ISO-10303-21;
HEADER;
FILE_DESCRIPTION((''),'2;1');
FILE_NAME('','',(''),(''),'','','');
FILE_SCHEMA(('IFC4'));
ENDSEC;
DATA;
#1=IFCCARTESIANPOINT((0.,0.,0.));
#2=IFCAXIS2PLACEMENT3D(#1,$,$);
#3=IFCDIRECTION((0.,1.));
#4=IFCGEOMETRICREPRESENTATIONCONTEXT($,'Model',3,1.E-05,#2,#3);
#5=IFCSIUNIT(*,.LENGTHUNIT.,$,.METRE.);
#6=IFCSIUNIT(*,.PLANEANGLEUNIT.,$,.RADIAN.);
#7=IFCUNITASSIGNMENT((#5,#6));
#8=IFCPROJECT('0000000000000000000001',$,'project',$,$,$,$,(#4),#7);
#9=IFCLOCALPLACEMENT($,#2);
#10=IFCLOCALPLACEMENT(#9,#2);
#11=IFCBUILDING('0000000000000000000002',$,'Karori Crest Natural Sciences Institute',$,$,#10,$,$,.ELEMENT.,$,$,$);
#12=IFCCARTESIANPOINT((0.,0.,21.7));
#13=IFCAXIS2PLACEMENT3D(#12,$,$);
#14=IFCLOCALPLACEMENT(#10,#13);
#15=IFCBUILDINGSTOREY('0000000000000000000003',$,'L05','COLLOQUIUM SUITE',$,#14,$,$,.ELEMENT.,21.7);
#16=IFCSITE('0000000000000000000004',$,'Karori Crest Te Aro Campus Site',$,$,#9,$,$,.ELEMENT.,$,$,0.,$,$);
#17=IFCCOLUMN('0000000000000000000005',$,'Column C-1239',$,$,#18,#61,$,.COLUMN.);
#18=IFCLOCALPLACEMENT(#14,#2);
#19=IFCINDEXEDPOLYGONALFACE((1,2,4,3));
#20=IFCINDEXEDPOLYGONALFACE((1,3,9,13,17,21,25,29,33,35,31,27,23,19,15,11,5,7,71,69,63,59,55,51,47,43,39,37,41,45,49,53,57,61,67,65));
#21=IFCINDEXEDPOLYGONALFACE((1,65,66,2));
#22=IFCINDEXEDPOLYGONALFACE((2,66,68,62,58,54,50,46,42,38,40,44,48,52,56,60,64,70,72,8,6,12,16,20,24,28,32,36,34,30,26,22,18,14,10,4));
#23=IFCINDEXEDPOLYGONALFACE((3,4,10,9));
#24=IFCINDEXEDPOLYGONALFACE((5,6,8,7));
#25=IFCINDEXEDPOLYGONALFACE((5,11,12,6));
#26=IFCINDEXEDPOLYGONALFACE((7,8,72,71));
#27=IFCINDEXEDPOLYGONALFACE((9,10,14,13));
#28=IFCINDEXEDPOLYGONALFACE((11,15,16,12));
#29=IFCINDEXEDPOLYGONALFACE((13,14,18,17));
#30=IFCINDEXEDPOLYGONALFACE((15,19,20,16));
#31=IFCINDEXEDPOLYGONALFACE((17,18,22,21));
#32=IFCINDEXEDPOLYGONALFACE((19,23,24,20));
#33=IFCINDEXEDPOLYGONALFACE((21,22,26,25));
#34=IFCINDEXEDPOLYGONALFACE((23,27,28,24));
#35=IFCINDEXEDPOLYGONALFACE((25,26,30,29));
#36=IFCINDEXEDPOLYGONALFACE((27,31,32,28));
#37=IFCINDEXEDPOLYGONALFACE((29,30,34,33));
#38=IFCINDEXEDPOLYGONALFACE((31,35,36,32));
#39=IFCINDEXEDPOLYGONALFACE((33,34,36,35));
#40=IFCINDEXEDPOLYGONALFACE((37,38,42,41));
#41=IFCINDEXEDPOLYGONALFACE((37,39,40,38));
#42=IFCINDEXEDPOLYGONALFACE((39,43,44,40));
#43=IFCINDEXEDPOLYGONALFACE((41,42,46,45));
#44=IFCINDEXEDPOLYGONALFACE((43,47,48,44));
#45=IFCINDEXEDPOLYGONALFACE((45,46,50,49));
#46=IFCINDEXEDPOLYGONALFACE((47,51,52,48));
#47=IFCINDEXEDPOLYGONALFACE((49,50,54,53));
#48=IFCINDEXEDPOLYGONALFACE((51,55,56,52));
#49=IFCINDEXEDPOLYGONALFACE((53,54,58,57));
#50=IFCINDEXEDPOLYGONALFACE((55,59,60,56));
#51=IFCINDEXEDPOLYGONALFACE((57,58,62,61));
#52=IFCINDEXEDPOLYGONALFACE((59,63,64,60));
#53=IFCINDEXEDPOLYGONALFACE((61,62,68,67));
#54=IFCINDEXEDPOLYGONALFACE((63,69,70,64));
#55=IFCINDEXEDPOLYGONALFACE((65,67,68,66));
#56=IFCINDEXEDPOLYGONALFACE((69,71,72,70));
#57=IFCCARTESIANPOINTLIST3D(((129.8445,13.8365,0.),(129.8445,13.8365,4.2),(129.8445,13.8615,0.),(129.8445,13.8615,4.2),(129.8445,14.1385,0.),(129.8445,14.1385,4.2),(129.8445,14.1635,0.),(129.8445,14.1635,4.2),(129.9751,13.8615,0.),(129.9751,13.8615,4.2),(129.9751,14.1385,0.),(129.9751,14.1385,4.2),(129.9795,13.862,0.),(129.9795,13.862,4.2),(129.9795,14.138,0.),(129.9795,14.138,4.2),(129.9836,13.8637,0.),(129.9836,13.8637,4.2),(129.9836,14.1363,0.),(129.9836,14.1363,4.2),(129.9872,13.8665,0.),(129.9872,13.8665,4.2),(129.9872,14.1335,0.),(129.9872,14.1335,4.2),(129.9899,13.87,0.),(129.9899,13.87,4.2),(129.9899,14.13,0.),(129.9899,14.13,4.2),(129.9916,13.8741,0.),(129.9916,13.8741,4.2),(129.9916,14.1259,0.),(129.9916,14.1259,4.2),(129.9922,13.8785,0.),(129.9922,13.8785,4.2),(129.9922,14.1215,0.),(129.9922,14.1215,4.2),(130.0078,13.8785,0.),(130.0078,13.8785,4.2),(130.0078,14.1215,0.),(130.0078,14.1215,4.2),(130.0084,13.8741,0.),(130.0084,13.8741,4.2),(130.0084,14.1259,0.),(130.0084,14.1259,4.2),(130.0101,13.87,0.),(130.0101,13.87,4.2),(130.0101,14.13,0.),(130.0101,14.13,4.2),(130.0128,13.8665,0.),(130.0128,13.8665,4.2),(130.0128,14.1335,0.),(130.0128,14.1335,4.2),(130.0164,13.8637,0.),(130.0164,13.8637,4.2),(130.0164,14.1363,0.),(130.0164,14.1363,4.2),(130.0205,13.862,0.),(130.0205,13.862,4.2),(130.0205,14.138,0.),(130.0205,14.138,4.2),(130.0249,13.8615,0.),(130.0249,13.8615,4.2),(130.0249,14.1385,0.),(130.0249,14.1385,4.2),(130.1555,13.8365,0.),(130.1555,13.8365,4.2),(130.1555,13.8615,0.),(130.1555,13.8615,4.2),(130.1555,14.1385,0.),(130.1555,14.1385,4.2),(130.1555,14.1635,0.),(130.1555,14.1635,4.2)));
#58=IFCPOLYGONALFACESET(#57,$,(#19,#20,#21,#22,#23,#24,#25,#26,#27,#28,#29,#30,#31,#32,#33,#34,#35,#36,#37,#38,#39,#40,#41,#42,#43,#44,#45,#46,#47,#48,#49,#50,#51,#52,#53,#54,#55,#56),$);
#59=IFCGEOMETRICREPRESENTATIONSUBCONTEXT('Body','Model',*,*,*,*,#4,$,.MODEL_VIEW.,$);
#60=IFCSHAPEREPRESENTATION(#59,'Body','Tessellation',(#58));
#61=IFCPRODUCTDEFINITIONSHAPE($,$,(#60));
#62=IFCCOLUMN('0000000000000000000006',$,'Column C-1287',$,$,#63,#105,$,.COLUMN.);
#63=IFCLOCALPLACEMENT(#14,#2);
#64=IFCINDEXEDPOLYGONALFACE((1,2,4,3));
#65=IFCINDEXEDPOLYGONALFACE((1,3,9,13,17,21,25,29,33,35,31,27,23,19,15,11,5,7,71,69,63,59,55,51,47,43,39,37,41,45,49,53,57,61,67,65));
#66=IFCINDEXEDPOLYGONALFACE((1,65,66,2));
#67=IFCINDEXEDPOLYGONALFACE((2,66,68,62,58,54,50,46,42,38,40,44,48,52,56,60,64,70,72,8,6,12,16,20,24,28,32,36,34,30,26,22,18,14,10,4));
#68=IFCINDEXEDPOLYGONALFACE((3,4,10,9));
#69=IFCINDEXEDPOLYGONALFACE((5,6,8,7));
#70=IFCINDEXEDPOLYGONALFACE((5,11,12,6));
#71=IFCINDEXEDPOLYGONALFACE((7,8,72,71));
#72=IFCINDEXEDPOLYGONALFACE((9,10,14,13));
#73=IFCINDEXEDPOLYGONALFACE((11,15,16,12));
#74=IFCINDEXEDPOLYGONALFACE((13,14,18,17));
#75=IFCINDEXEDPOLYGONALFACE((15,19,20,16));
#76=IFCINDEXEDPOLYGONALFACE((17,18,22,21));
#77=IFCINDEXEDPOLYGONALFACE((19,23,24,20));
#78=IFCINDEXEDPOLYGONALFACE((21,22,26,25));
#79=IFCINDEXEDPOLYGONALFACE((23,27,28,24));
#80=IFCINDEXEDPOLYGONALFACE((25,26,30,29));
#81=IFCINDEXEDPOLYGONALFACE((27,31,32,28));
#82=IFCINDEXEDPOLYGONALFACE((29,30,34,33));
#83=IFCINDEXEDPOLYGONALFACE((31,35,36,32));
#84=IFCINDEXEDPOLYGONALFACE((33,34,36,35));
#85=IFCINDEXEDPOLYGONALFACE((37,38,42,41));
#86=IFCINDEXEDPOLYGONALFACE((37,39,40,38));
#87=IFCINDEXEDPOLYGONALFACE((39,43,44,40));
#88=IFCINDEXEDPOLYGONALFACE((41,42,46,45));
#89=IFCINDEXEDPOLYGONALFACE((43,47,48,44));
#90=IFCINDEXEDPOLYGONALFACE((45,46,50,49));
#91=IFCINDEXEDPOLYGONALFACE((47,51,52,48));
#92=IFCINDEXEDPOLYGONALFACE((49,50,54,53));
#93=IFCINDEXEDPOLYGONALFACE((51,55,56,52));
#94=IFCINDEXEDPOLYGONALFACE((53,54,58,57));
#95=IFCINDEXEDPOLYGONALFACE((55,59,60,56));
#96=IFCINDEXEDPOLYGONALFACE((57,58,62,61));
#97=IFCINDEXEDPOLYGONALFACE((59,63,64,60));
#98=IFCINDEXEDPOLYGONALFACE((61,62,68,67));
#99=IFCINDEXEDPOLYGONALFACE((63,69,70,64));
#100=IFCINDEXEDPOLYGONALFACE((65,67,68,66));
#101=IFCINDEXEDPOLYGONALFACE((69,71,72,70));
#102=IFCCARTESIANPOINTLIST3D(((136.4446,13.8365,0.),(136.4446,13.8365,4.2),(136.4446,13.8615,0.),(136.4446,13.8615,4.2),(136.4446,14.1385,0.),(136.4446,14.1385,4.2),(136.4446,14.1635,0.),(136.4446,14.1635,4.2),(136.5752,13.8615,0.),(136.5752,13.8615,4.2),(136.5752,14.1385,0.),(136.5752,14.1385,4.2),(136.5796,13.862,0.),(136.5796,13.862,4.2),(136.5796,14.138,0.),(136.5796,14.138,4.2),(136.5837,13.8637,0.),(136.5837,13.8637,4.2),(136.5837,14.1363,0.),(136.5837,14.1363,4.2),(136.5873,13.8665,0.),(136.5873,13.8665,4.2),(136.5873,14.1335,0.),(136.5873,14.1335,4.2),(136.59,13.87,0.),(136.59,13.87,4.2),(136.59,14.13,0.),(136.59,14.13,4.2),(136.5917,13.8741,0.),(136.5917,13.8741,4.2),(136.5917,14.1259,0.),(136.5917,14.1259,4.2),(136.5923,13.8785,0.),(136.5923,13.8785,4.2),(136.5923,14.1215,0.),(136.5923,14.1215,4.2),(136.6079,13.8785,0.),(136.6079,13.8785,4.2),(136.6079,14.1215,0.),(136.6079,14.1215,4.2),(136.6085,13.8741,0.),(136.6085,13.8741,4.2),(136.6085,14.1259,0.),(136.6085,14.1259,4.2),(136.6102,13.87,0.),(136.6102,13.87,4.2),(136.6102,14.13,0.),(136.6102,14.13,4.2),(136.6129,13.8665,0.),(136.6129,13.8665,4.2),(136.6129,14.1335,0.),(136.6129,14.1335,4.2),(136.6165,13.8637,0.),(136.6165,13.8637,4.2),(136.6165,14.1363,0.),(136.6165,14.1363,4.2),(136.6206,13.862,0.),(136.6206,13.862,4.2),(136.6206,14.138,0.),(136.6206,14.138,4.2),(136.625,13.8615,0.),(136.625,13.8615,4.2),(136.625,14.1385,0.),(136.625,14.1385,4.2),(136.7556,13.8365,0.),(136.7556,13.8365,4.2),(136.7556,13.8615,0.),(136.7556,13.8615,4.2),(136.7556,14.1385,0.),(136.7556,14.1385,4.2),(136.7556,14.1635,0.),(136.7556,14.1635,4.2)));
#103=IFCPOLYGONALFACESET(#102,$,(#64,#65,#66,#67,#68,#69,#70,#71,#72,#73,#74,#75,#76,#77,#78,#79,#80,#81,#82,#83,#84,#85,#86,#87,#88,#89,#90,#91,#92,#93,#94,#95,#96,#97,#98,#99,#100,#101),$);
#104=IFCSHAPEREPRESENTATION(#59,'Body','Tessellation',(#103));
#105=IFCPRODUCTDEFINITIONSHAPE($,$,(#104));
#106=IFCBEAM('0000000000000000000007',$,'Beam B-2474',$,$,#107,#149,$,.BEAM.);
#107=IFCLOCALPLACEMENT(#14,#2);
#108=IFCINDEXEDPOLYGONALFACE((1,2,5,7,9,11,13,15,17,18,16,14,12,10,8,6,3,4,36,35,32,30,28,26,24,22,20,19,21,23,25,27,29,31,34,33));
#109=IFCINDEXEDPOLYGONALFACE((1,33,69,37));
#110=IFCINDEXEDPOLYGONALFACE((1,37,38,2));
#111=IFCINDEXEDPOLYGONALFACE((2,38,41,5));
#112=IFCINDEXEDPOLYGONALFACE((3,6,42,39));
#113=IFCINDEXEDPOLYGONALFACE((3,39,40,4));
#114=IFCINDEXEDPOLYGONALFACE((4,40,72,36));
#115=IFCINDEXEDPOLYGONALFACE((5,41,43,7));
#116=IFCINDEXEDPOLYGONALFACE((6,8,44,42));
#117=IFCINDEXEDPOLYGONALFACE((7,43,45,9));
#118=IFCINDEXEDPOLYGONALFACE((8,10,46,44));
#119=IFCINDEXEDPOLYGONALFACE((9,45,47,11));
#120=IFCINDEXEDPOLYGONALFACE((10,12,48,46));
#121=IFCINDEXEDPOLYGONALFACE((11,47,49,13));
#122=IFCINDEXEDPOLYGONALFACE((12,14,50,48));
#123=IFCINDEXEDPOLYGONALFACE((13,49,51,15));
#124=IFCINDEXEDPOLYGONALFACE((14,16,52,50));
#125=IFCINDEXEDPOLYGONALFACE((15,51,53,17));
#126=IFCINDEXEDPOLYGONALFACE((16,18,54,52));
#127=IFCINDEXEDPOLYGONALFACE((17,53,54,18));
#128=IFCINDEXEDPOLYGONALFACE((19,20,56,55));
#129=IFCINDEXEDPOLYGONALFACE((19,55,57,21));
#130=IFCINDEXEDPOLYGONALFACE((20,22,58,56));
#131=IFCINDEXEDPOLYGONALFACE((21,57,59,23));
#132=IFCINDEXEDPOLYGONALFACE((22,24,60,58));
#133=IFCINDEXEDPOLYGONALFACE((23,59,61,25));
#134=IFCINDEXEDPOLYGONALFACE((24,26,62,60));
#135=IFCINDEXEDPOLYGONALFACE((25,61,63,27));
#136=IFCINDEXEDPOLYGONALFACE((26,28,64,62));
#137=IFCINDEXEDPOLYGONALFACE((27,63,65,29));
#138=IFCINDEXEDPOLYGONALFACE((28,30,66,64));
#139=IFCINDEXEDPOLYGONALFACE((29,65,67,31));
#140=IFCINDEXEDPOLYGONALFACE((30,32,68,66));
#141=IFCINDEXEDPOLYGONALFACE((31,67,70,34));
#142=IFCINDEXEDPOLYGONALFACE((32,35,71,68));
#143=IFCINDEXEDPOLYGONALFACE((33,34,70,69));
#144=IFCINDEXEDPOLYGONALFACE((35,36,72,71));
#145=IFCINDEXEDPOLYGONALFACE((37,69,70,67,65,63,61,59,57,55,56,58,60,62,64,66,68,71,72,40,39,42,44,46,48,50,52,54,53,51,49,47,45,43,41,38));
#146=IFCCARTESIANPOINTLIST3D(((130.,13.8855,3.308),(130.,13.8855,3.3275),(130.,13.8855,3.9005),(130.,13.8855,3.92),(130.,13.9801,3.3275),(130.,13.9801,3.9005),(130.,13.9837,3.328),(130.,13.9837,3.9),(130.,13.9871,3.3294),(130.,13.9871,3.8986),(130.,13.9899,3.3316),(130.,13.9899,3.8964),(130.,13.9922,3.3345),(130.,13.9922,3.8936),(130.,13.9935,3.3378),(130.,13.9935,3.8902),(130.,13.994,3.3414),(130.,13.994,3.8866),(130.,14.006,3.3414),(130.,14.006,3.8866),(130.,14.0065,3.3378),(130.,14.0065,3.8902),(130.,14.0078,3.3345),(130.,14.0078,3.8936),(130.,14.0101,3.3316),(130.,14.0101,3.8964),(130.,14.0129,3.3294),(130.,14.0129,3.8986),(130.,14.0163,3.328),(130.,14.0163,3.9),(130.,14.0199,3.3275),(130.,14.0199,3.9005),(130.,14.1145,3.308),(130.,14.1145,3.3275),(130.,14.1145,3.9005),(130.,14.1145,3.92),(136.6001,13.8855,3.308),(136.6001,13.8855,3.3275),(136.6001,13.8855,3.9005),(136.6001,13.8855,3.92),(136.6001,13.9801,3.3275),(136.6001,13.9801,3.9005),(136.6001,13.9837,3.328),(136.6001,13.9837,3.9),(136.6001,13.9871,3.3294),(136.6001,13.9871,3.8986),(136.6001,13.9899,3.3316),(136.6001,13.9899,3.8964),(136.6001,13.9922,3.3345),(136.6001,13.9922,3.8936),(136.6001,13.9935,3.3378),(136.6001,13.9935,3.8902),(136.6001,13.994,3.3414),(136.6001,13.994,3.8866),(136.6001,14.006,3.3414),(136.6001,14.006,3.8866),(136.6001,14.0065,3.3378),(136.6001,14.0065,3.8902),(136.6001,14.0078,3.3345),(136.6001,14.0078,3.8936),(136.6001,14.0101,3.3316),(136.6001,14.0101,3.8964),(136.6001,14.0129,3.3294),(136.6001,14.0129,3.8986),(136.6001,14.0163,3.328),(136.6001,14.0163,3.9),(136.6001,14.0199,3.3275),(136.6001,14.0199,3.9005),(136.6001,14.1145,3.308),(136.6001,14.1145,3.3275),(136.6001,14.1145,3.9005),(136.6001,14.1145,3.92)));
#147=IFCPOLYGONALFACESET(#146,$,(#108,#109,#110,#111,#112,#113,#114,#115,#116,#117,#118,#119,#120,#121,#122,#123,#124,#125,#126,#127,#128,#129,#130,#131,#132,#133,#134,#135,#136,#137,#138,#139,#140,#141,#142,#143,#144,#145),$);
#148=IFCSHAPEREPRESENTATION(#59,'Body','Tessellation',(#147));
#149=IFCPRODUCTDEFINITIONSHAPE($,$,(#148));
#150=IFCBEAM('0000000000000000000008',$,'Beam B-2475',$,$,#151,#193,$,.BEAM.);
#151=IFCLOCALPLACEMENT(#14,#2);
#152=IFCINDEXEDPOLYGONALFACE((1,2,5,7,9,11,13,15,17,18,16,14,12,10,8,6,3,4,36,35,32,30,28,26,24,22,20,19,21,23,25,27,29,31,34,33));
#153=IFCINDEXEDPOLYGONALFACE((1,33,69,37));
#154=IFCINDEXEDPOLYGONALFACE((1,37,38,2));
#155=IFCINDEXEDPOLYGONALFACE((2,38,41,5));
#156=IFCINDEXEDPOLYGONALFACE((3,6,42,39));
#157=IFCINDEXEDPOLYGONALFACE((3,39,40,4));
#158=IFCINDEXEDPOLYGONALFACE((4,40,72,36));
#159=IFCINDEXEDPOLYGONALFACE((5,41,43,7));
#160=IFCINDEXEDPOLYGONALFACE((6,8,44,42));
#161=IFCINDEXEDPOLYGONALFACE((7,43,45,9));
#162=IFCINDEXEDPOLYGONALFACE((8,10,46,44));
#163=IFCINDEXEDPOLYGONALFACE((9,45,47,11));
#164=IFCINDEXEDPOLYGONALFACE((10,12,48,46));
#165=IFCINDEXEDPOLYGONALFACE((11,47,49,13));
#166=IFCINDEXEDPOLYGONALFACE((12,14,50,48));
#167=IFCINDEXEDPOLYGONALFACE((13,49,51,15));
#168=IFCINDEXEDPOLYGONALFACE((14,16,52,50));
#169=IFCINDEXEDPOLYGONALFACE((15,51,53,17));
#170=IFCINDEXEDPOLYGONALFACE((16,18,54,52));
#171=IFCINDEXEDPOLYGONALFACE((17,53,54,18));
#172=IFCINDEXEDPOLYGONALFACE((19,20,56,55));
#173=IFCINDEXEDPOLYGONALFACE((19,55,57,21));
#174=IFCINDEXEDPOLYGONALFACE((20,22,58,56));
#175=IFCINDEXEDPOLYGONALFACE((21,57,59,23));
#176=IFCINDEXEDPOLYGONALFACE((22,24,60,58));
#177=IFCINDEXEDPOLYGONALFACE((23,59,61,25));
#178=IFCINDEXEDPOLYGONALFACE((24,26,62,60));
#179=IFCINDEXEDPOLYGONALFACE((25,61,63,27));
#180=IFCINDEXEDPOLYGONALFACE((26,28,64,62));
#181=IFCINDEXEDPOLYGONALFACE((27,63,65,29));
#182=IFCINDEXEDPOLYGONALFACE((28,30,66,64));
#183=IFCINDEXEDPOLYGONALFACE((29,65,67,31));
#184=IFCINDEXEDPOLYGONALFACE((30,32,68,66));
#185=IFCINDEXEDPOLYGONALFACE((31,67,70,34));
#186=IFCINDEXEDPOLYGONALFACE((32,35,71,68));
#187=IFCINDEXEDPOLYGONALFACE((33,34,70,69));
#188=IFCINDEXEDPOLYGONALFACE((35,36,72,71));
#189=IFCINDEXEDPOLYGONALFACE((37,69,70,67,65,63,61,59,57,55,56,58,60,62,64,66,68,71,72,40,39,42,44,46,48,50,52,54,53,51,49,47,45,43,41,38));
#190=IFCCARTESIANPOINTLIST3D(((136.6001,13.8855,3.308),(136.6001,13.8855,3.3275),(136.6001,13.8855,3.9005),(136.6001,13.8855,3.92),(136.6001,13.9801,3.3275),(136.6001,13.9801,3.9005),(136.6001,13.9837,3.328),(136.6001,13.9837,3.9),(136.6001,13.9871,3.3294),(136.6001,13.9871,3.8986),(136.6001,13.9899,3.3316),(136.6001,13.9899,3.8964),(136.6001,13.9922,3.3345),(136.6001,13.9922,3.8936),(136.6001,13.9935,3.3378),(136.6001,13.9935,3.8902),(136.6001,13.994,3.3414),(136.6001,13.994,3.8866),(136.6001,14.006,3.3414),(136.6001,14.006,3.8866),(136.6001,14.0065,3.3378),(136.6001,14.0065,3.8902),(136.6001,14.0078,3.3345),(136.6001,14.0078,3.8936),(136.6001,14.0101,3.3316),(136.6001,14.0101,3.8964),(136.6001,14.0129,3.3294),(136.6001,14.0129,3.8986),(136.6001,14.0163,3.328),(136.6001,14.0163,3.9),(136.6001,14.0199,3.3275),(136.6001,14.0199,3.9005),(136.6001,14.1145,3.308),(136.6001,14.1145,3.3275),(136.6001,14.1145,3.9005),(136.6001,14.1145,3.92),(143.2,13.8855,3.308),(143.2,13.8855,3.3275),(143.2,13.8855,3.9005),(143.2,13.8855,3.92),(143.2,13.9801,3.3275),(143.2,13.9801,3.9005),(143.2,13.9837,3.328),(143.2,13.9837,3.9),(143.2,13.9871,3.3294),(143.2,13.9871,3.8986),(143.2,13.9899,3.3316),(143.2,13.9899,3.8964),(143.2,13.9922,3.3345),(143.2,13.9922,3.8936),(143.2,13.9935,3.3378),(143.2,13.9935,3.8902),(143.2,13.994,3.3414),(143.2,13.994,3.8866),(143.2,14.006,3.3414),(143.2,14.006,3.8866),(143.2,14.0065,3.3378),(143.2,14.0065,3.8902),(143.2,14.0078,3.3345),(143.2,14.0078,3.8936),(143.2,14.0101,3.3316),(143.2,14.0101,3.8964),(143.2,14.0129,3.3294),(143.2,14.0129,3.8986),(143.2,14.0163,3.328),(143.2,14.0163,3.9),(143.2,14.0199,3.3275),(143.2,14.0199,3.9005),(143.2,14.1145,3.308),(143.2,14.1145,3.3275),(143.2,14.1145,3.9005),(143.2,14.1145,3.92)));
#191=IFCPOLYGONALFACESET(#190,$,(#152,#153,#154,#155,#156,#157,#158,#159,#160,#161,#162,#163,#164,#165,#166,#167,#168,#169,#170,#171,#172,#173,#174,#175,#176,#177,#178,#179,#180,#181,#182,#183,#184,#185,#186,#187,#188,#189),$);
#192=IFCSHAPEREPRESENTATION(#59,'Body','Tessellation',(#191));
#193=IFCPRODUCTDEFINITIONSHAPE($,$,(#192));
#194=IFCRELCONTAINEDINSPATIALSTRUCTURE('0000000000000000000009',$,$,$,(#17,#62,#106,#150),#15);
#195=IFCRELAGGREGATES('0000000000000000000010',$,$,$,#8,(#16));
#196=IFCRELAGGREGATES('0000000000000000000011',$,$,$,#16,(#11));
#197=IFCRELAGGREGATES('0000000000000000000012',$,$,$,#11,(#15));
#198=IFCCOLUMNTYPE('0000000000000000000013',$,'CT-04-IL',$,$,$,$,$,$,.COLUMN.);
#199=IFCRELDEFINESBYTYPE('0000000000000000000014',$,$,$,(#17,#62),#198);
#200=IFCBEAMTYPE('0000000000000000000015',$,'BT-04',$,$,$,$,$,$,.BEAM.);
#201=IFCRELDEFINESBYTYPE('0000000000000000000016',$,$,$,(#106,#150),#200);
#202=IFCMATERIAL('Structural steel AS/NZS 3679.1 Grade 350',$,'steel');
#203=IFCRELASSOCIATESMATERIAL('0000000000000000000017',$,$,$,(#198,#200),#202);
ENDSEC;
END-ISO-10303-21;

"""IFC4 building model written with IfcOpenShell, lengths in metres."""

from ifc_helpers import new_model, si_unit, direction, frame, origin, origin_2d, place, context, subcontext, project, spatial, i_section, extrude, material, material_profile, profile_set, type_object, element, save


model = new_model("IFC4")

# Units and contexts
model_context = context("Model", 3, precision=1e-05, world=origin(), true_north=direction((0.0, 1.0)))
body_context = subcontext(model_context, "Body", "Model", "MODEL_VIEW")
ifc_project = project(units=[si_unit("LENGTHUNIT", "METRE"), si_unit("PLANEANGLEUNIT", "RADIAN")], contexts=[model_context])

# Site, building, storey
site_placement = place(None, origin())
site = spatial("IfcSite", under=ifc_project, at=site_placement, Name="Karori Crest Te Aro Campus Site", CompositionType="ELEMENT", RefElevation=0.0)
building_placement = place(site_placement, origin())
building = spatial("IfcBuilding", under=site, at=building_placement, Name="Karori Crest Natural Sciences Institute", CompositionType="ELEMENT")
storey_placement = place(building_placement, frame((0.0, 0.0, 21.7)))
storey = spatial("IfcBuildingStorey", under=building, at=storey_placement, Name="L05", Description="COLLOQUIUM SUITE", CompositionType="ELEMENT", Elevation=21.7)

# Columns
ifc_material_1 = material(Name="Structural steel AS/NZS 3679.1 Grade 350", Category="steel")
ifc_material_profile_1 = material_profile(ifc_material_1, i_section(OverallWidth=0.311, OverallDepth=0.3269, WebThickness=0.0156, FlangeThickness=0.0249, FilletRadius=0.0171, at=origin_2d()), Name="310UC158")
ifc_profile_set_1 = profile_set([ifc_material_profile_1], Name="Structural steel AS/NZS 3679.1 Grade 350")
column_type = type_object("IfcColumnType", Name="CT-04-IL", PredefinedType="COLUMN", material=ifc_profile_set_1)
for number, where, z_axis, x_axis, name in (
    (1, (130.0, 14.0, 0.0), (0.0, 0.0, 1.0), (1.0, 0.0, 0.0), "Column C-1239"),
    (2, (136.6001, 14.0, 0.0), (0.0, 0.0, 1.0), (1.0, 0.0, 0.0), "Column C-1287"),
):
    element("IfcColumn", number, at=place(storey_placement, frame(where, z_axis=z_axis, x_axis=x_axis)), inside=storey, type_object=column_type, Name=name, PredefinedType="COLUMN", context=body_context, shape_type="SweptSolid", body=[
        extrude(i_section(OverallWidth=0.311, OverallDepth=0.3269, WebThickness=0.0156, FlangeThickness=0.0249, FilletRadius=0.0171, at=origin_2d()), origin(), (0.0, 0.0, 1.0), 4.2),
    ])

# Beams
ifc_material_profile_2 = material_profile(ifc_material_1, i_section(OverallWidth=0.229, OverallDepth=0.6121, WebThickness=0.012, FlangeThickness=0.0195, FilletRadius=0.0139, at=origin_2d()), Name="610UB125")
ifc_profile_set_2 = profile_set([ifc_material_profile_2], Name="Structural steel AS/NZS 3679.1 Grade 350")
beam_type_1 = type_object("IfcBeamType", Name="BT-04", PredefinedType="BEAM", material=ifc_profile_set_2)
beam_1_placement = place(storey_placement, frame((130.0, 14.0, 3.614), z_axis=(1.0, 0.0, 0.0), x_axis=(0.0, 1.0, 0.0)))
element("IfcBeam", 3, at=beam_1_placement, inside=storey, type_object=beam_type_1, Name="Beam B-2474", PredefinedType="BEAM", context=body_context, shape_type="SweptSolid", body=[
    extrude(i_section(OverallWidth=0.229, OverallDepth=0.6121, WebThickness=0.012, FlangeThickness=0.0195, FilletRadius=0.0139, at=origin_2d()), origin(), (0.0, 0.0, 1.0), 6.6001),
])
beam_2_placement = place(storey_placement, frame((136.6001, 14.0, 3.614), z_axis=(1.0, 0.0, 0.0), x_axis=(0.0, 1.0, 0.0)))
element("IfcBeam", 4, at=beam_2_placement, inside=storey, type_object=beam_type_1, Name="Beam B-2475", PredefinedType="BEAM", context=body_context, shape_type="SweptSolid", body=[
    extrude(i_section(OverallWidth=0.229, OverallDepth=0.6121, WebThickness=0.012, FlangeThickness=0.0195, FilletRadius=0.0139, at=origin_2d()), origin(), (0.0, 0.0, 1.0), 6.5999),
])

save(model, "model.ifc")
